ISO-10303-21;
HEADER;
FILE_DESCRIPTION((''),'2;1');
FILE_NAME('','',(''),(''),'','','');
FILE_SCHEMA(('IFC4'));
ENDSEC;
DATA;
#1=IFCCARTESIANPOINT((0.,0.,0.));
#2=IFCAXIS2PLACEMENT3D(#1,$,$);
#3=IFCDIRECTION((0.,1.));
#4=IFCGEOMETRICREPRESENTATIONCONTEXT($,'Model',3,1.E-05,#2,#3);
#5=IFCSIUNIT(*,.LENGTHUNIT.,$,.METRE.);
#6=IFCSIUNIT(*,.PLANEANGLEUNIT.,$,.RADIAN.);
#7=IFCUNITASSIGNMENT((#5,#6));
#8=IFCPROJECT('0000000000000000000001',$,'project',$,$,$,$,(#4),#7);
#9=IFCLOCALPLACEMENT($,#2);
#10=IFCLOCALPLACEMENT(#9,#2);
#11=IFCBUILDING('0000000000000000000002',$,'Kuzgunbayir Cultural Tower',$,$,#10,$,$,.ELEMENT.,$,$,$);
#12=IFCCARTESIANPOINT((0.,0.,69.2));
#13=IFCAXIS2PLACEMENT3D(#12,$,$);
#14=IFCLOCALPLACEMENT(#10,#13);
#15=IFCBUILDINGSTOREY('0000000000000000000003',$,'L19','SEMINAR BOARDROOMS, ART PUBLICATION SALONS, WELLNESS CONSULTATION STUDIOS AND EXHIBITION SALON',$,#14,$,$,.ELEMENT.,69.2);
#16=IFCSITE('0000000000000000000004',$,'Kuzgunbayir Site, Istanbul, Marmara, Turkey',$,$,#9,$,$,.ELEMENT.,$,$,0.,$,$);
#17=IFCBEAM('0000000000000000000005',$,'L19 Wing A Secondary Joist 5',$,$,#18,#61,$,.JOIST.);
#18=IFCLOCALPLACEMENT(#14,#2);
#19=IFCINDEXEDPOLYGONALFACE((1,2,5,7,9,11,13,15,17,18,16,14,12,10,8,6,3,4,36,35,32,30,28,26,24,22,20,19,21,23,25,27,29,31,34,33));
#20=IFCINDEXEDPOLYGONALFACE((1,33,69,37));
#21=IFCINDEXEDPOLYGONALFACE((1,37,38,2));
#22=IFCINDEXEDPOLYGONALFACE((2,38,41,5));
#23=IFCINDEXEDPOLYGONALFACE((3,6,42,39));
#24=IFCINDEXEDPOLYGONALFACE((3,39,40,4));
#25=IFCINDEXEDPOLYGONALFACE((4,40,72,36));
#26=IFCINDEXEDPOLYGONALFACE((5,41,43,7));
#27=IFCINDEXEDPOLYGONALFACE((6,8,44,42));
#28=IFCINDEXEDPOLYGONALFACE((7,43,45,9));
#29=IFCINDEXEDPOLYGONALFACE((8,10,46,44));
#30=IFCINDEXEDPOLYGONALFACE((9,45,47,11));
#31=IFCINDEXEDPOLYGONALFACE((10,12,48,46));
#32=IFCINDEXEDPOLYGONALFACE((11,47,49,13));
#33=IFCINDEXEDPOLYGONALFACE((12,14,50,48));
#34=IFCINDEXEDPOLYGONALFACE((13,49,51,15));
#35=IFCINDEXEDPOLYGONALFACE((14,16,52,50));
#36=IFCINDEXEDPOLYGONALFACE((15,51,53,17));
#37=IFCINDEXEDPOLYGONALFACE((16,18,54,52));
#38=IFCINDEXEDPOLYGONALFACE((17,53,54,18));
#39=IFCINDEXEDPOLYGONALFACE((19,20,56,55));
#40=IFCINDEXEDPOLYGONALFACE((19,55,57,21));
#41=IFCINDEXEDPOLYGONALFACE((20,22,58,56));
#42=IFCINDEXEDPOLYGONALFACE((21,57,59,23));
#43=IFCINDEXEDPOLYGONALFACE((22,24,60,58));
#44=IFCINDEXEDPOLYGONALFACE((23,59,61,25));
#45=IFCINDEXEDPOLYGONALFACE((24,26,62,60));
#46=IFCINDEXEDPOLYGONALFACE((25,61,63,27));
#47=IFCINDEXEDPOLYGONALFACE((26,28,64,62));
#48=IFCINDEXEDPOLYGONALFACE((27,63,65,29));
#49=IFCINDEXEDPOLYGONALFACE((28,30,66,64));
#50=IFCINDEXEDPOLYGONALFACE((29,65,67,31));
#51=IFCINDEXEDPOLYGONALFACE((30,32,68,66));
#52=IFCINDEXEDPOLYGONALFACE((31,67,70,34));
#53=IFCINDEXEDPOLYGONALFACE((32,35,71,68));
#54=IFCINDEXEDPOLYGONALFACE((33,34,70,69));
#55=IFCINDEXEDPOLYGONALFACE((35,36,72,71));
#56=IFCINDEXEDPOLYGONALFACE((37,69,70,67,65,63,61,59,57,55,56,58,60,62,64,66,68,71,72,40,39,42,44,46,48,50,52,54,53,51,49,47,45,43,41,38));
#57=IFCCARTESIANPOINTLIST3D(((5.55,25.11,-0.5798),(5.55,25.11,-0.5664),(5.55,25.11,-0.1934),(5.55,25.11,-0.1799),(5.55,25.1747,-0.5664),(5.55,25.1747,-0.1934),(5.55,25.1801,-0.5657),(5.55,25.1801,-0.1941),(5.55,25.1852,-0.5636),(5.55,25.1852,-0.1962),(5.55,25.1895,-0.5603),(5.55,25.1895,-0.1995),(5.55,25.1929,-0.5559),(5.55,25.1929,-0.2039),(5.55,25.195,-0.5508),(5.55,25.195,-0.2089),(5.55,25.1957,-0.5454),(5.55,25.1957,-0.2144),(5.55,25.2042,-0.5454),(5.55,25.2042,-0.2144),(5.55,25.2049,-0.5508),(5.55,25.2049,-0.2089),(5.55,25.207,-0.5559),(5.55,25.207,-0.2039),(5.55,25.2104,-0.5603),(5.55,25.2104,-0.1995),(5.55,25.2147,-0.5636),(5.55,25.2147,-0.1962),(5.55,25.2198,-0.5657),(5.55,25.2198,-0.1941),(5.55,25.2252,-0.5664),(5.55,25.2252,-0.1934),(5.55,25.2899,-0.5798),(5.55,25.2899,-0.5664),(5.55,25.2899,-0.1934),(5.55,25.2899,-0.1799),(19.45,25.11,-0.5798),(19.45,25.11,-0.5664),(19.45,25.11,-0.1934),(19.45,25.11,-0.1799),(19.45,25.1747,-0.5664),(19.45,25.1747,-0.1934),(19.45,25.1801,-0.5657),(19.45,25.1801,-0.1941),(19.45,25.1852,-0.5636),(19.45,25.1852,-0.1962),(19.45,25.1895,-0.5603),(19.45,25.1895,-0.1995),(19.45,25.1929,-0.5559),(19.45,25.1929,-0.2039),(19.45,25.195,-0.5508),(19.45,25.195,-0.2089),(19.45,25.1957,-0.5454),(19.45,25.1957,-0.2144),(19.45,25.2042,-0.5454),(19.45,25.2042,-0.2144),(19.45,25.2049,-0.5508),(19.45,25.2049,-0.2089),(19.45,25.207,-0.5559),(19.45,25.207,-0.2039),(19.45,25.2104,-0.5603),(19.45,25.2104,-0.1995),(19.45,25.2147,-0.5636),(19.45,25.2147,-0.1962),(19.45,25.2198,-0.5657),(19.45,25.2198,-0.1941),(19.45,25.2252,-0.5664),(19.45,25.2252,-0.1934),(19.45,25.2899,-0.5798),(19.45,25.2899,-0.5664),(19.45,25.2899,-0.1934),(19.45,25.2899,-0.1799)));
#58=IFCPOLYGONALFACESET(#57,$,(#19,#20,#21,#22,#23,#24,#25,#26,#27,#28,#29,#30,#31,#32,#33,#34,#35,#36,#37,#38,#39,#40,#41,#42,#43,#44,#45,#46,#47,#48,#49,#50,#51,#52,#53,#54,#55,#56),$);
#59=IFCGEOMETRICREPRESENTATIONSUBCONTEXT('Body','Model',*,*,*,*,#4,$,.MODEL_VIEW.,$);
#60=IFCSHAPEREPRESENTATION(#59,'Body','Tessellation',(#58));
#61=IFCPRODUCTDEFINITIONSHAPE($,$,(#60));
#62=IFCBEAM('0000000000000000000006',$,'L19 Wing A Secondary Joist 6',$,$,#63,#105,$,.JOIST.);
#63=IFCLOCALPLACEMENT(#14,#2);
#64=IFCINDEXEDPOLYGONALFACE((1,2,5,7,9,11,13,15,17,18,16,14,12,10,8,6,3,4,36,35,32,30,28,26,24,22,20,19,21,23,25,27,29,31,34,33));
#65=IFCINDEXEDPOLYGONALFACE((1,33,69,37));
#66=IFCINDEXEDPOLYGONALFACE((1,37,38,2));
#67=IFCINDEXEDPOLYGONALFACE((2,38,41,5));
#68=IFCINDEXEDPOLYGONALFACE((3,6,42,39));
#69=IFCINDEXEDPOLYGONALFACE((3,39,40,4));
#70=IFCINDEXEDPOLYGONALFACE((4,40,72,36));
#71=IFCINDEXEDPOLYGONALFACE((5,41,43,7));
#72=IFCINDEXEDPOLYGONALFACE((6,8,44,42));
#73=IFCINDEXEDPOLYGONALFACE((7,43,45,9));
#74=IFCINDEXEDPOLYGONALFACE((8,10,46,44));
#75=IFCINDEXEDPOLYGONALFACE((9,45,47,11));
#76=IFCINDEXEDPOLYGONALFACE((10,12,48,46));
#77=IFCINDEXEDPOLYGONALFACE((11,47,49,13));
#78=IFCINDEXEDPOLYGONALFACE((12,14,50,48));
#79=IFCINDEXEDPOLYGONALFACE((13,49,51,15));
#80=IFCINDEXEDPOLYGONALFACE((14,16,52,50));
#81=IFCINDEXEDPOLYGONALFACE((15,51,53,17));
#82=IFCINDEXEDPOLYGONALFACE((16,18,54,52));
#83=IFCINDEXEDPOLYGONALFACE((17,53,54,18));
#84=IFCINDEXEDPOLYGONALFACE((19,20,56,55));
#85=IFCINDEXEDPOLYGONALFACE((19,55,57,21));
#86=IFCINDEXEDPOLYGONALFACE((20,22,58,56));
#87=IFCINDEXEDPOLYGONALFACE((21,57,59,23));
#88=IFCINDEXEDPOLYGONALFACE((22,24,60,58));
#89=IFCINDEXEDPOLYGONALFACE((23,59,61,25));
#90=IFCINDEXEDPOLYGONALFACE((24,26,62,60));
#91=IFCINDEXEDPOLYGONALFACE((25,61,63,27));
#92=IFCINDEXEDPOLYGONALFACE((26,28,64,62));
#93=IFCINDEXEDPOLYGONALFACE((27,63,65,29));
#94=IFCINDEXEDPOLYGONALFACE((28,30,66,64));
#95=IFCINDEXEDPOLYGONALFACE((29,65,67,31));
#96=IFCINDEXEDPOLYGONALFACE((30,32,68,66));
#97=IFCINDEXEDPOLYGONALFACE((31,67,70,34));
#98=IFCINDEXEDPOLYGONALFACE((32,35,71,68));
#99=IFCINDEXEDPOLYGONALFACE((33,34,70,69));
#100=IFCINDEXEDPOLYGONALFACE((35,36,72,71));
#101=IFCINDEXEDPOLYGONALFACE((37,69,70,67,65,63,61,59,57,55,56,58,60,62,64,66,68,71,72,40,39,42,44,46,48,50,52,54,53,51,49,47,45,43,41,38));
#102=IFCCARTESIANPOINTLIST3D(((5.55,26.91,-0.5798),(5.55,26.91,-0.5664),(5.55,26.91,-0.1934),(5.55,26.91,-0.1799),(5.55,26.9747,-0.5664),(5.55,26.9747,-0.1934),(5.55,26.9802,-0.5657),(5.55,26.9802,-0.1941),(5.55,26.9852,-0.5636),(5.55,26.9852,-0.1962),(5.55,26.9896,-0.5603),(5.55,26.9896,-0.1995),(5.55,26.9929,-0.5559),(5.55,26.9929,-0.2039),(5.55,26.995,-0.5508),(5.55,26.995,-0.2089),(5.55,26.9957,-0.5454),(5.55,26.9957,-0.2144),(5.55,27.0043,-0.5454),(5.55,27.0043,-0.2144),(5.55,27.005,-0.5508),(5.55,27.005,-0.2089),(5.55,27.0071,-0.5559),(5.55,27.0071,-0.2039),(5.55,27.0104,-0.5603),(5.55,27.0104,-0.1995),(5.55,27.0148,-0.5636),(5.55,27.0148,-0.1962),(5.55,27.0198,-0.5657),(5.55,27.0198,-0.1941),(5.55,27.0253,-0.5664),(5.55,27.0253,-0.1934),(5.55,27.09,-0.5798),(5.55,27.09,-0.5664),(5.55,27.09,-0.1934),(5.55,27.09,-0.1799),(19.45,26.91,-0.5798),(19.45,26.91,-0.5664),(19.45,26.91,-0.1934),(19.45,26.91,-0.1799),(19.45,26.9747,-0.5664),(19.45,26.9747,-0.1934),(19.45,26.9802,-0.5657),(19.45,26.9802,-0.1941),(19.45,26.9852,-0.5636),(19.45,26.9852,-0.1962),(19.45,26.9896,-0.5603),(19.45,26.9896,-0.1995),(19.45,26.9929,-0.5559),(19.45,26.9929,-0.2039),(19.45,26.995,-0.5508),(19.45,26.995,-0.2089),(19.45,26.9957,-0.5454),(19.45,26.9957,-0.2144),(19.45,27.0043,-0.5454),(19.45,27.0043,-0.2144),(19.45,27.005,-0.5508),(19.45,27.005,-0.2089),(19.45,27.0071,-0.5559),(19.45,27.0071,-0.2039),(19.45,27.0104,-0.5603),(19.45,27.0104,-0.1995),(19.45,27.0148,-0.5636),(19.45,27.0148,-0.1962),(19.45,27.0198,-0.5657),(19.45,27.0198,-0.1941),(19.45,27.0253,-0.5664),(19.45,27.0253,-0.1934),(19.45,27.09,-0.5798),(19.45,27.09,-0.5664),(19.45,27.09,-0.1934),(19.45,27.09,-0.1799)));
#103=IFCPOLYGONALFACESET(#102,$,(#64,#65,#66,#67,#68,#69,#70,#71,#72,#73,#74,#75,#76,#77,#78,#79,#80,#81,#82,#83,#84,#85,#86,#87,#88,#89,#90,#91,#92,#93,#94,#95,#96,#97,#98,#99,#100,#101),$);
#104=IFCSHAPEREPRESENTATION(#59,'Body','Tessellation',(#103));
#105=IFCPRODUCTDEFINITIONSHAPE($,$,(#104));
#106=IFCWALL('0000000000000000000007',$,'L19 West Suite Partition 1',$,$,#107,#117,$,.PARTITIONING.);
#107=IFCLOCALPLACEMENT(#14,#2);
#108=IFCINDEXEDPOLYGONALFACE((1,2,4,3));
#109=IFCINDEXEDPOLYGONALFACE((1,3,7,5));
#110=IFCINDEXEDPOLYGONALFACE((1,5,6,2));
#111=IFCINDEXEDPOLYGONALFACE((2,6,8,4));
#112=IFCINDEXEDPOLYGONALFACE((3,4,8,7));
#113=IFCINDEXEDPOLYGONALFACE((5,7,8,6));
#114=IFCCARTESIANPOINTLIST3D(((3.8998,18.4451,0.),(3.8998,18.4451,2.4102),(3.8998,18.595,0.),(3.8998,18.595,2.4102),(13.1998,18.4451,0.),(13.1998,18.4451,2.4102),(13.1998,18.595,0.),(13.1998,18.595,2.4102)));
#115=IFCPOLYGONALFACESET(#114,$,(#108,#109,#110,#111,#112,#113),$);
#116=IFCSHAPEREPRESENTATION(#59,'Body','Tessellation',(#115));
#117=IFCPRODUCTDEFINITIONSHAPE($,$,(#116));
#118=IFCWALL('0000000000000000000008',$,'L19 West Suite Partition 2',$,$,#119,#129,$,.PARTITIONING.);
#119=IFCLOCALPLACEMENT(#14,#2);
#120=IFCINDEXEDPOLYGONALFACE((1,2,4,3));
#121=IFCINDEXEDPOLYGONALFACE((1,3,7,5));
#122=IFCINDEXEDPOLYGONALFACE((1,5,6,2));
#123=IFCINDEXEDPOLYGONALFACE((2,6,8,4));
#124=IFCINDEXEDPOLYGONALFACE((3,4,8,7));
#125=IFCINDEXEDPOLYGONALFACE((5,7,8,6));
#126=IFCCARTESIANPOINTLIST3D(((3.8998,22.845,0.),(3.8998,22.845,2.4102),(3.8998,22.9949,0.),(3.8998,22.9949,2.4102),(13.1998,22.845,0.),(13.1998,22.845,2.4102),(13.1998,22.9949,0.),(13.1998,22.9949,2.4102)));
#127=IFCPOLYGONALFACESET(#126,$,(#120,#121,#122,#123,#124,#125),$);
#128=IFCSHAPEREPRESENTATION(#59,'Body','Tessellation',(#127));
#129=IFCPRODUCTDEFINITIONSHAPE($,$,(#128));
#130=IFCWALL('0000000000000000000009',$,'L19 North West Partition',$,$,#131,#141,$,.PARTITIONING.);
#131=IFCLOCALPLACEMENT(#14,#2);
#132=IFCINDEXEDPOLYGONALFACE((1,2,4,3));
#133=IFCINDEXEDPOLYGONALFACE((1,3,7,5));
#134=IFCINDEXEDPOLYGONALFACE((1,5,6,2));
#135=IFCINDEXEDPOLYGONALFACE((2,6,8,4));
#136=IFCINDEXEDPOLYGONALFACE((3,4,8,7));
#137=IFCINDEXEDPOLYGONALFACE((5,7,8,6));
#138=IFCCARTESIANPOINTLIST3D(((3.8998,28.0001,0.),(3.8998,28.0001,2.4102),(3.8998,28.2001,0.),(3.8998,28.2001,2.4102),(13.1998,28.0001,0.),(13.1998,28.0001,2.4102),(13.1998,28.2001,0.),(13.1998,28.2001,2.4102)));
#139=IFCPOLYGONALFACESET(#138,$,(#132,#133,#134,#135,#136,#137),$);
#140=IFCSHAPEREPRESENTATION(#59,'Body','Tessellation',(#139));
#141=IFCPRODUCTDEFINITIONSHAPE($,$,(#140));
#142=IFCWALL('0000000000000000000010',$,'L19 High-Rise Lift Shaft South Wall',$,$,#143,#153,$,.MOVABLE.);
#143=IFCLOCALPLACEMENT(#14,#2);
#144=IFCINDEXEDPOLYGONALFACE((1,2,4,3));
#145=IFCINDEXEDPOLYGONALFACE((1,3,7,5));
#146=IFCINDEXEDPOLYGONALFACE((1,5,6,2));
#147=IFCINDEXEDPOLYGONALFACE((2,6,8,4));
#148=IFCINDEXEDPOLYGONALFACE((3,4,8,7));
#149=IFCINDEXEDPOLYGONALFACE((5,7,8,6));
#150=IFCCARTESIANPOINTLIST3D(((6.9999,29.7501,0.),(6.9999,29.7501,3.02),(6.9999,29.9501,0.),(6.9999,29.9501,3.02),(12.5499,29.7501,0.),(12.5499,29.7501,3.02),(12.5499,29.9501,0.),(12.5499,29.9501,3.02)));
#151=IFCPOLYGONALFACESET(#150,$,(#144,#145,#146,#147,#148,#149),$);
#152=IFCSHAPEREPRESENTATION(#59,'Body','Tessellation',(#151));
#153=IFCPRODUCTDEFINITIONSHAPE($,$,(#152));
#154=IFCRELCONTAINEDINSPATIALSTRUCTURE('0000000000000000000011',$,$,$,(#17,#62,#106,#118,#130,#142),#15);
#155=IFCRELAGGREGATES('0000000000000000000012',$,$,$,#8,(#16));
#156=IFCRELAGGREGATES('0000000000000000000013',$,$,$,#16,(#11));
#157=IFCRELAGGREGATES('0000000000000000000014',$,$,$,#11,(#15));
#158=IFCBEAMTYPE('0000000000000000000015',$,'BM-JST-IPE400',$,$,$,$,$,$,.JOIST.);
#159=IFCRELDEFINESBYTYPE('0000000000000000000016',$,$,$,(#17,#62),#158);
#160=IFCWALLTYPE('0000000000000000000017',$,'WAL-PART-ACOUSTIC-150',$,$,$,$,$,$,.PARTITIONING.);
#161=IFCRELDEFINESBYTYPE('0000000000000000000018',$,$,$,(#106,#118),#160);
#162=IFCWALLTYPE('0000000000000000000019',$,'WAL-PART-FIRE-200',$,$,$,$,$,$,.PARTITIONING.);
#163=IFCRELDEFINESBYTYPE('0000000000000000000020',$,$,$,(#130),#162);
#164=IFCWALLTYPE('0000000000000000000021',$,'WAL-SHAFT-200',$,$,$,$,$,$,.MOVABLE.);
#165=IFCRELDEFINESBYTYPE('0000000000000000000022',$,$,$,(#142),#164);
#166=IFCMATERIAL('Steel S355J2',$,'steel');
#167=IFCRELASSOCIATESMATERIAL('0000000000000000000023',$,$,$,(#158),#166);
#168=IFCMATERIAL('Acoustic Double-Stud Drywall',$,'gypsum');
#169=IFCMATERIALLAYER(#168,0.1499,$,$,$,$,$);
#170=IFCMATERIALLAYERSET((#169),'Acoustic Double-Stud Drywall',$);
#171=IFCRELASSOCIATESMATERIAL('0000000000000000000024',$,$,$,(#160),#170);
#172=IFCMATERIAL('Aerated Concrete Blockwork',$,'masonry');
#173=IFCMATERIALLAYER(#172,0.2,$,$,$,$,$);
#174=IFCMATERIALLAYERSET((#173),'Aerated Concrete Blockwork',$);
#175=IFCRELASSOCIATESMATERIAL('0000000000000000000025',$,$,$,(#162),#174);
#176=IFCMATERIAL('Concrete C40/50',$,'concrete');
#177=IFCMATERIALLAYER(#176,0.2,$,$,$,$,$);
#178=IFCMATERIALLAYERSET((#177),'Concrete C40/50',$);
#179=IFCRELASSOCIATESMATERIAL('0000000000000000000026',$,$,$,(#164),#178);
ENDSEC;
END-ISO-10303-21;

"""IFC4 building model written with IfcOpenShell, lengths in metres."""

from ifc_helpers import new_model, si_unit, direction, frame, frame_2d, origin, origin_2d, place, context, subcontext, project, spatial, rectangle, i_section, extrude, material, layer, layer_set, material_profile, profile_set, type_object, element, save


model = new_model("IFC4")

# Units and contexts
model_context = context("Model", 3, precision=1e-05, world=origin(), true_north=direction((0.0, 1.0)))
body_context = subcontext(model_context, "Body", "Model", "MODEL_VIEW")
ifc_project = project(units=[si_unit("LENGTHUNIT", "METRE"), si_unit("PLANEANGLEUNIT", "RADIAN")], contexts=[model_context])

# Site, building, storey
site_placement = place(None, origin())
site = spatial("IfcSite", under=ifc_project, at=site_placement, Name="Kuzgunbayir Site, Istanbul, Marmara, Turkey", CompositionType="ELEMENT", RefElevation=0.0)
building_placement = place(site_placement, origin())
building = spatial("IfcBuilding", under=site, at=building_placement, Name="Kuzgunbayir Cultural Tower", CompositionType="ELEMENT")
storey_placement = place(building_placement, frame((0.0, 0.0, 69.2)))
storey = spatial("IfcBuildingStorey", under=building, at=storey_placement, Name="L19", Description="SEMINAR BOARDROOMS, ART PUBLICATION SALONS, WELLNESS CONSULTATION STUDIOS AND EXHIBITION SALON", CompositionType="ELEMENT", Elevation=69.2)

# Beams
ifc_material_1 = material(Name="Steel S355J2", Category="steel")
ifc_material_profile_1 = material_profile(ifc_material_1, i_section(OverallWidth=0.1799, OverallDepth=0.3999, WebThickness=0.0085, FlangeThickness=0.0134, FilletRadius=0.021, at=origin_2d()), Name="IPE 400")
ifc_profile_set_1 = profile_set([ifc_material_profile_1], Name="Steel S355J2")
beam_type_1 = type_object("IfcBeamType", Name="BM-JST-IPE400", PredefinedType="JOIST", material=ifc_profile_set_1)
for number, where, z_axis, x_axis, name in (
    (1, (5.55, 25.2, -0.3799), (1.0, 0.0, 0.0), (0.0, 1.0, 0.0), "L19 Wing A Secondary Joist 5"),
    (2, (5.55, 27.0, -0.3799), (1.0, 0.0, 0.0), (0.0, 1.0, 0.0), "L19 Wing A Secondary Joist 6"),
):
    element("IfcBeam", number, at=place(storey_placement, frame(where, z_axis=z_axis, x_axis=x_axis)), inside=storey, type_object=beam_type_1, Name=name, PredefinedType="JOIST", context=body_context, shape_type="SweptSolid", body=[
        extrude(i_section(OverallWidth=0.1799, OverallDepth=0.3999, WebThickness=0.0085, FlangeThickness=0.0134, FilletRadius=0.021, at=origin_2d()), origin(), (0.0, 0.0, 1.0), 13.8999),
    ])

# Walls
ifc_material_2 = material(Name="Acoustic Double-Stud Drywall", Category="gypsum")
ifc_layer_1 = layer(ifc_material_2, 0.1499)
ifc_layer_set_1 = layer_set([ifc_layer_1], Name="Acoustic Double-Stud Drywall")
wall_type_1 = type_object("IfcWallType", Name="WAL-PART-ACOUSTIC-150", PredefinedType="PARTITIONING", material=ifc_layer_set_1)
for number, where, z_axis, x_axis, name in (
    (3, (3.8999, 18.52, 0.0), (0.0, 0.0, 1.0), (1.0, 0.0, 0.0), "L19 West Suite Partition 1"),
    (4, (3.8999, 22.9199, 0.0), (0.0, 0.0, 1.0), (1.0, 0.0, 0.0), "L19 West Suite Partition 2"),
):
    element("IfcWall", number, at=place(storey_placement, frame(where, z_axis=z_axis, x_axis=x_axis)), inside=storey, type_object=wall_type_1, Name=name, PredefinedType="PARTITIONING", context=body_context, shape_type="SweptSolid", body=[
        extrude(rectangle(XDim=9.3, YDim=0.1499, at=frame_2d((4.6499, 0.0))), origin(), (0.0, 0.0, 1.0), 2.4102),
    ])
ifc_material_3 = material(Name="Aerated Concrete Blockwork", Category="masonry")
ifc_layer_2 = layer(ifc_material_3, 0.2)
ifc_layer_set_2 = layer_set([ifc_layer_2], Name="Aerated Concrete Blockwork")
wall_type_2 = type_object("IfcWallType", Name="WAL-PART-FIRE-200", PredefinedType="PARTITIONING", material=ifc_layer_set_2)
wall_1_placement = place(storey_placement, frame((3.8999, 28.1001, 0.0), z_axis=(0.0, 0.0, 1.0), x_axis=(1.0, 0.0, 0.0)))
element("IfcWall", 5, at=wall_1_placement, inside=storey, type_object=wall_type_2, Name="L19 North West Partition", PredefinedType="PARTITIONING", context=body_context, shape_type="SweptSolid", body=[
    extrude(rectangle(XDim=9.3, YDim=0.2, at=frame_2d((4.6499, 0.0))), origin(), (0.0, 0.0, 1.0), 2.4102),
])
ifc_material_4 = material(Name="Concrete C40/50", Category="concrete")
ifc_layer_3 = layer(ifc_material_4, 0.2)
ifc_layer_set_3 = layer_set([ifc_layer_3], Name="Concrete C40/50")
wall_type_3 = type_object("IfcWallType", Name="WAL-SHAFT-200", PredefinedType="MOVABLE", material=ifc_layer_set_3)
wall_2_placement = place(storey_placement, frame((7.0, 29.8501, 0.0), z_axis=(0.0, 0.0, 1.0), x_axis=(1.0, 0.0, 0.0)))
element("IfcWall", 6, at=wall_2_placement, inside=storey, type_object=wall_type_3, Name="L19 High-Rise Lift Shaft South Wall", PredefinedType="MOVABLE", context=body_context, shape_type="SweptSolid", body=[
    extrude(rectangle(XDim=5.55, YDim=0.2, at=frame_2d((2.7749, 0.0))), origin(), (0.0, 0.0, 1.0), 3.02),
])

save(model, "model.ifc")
